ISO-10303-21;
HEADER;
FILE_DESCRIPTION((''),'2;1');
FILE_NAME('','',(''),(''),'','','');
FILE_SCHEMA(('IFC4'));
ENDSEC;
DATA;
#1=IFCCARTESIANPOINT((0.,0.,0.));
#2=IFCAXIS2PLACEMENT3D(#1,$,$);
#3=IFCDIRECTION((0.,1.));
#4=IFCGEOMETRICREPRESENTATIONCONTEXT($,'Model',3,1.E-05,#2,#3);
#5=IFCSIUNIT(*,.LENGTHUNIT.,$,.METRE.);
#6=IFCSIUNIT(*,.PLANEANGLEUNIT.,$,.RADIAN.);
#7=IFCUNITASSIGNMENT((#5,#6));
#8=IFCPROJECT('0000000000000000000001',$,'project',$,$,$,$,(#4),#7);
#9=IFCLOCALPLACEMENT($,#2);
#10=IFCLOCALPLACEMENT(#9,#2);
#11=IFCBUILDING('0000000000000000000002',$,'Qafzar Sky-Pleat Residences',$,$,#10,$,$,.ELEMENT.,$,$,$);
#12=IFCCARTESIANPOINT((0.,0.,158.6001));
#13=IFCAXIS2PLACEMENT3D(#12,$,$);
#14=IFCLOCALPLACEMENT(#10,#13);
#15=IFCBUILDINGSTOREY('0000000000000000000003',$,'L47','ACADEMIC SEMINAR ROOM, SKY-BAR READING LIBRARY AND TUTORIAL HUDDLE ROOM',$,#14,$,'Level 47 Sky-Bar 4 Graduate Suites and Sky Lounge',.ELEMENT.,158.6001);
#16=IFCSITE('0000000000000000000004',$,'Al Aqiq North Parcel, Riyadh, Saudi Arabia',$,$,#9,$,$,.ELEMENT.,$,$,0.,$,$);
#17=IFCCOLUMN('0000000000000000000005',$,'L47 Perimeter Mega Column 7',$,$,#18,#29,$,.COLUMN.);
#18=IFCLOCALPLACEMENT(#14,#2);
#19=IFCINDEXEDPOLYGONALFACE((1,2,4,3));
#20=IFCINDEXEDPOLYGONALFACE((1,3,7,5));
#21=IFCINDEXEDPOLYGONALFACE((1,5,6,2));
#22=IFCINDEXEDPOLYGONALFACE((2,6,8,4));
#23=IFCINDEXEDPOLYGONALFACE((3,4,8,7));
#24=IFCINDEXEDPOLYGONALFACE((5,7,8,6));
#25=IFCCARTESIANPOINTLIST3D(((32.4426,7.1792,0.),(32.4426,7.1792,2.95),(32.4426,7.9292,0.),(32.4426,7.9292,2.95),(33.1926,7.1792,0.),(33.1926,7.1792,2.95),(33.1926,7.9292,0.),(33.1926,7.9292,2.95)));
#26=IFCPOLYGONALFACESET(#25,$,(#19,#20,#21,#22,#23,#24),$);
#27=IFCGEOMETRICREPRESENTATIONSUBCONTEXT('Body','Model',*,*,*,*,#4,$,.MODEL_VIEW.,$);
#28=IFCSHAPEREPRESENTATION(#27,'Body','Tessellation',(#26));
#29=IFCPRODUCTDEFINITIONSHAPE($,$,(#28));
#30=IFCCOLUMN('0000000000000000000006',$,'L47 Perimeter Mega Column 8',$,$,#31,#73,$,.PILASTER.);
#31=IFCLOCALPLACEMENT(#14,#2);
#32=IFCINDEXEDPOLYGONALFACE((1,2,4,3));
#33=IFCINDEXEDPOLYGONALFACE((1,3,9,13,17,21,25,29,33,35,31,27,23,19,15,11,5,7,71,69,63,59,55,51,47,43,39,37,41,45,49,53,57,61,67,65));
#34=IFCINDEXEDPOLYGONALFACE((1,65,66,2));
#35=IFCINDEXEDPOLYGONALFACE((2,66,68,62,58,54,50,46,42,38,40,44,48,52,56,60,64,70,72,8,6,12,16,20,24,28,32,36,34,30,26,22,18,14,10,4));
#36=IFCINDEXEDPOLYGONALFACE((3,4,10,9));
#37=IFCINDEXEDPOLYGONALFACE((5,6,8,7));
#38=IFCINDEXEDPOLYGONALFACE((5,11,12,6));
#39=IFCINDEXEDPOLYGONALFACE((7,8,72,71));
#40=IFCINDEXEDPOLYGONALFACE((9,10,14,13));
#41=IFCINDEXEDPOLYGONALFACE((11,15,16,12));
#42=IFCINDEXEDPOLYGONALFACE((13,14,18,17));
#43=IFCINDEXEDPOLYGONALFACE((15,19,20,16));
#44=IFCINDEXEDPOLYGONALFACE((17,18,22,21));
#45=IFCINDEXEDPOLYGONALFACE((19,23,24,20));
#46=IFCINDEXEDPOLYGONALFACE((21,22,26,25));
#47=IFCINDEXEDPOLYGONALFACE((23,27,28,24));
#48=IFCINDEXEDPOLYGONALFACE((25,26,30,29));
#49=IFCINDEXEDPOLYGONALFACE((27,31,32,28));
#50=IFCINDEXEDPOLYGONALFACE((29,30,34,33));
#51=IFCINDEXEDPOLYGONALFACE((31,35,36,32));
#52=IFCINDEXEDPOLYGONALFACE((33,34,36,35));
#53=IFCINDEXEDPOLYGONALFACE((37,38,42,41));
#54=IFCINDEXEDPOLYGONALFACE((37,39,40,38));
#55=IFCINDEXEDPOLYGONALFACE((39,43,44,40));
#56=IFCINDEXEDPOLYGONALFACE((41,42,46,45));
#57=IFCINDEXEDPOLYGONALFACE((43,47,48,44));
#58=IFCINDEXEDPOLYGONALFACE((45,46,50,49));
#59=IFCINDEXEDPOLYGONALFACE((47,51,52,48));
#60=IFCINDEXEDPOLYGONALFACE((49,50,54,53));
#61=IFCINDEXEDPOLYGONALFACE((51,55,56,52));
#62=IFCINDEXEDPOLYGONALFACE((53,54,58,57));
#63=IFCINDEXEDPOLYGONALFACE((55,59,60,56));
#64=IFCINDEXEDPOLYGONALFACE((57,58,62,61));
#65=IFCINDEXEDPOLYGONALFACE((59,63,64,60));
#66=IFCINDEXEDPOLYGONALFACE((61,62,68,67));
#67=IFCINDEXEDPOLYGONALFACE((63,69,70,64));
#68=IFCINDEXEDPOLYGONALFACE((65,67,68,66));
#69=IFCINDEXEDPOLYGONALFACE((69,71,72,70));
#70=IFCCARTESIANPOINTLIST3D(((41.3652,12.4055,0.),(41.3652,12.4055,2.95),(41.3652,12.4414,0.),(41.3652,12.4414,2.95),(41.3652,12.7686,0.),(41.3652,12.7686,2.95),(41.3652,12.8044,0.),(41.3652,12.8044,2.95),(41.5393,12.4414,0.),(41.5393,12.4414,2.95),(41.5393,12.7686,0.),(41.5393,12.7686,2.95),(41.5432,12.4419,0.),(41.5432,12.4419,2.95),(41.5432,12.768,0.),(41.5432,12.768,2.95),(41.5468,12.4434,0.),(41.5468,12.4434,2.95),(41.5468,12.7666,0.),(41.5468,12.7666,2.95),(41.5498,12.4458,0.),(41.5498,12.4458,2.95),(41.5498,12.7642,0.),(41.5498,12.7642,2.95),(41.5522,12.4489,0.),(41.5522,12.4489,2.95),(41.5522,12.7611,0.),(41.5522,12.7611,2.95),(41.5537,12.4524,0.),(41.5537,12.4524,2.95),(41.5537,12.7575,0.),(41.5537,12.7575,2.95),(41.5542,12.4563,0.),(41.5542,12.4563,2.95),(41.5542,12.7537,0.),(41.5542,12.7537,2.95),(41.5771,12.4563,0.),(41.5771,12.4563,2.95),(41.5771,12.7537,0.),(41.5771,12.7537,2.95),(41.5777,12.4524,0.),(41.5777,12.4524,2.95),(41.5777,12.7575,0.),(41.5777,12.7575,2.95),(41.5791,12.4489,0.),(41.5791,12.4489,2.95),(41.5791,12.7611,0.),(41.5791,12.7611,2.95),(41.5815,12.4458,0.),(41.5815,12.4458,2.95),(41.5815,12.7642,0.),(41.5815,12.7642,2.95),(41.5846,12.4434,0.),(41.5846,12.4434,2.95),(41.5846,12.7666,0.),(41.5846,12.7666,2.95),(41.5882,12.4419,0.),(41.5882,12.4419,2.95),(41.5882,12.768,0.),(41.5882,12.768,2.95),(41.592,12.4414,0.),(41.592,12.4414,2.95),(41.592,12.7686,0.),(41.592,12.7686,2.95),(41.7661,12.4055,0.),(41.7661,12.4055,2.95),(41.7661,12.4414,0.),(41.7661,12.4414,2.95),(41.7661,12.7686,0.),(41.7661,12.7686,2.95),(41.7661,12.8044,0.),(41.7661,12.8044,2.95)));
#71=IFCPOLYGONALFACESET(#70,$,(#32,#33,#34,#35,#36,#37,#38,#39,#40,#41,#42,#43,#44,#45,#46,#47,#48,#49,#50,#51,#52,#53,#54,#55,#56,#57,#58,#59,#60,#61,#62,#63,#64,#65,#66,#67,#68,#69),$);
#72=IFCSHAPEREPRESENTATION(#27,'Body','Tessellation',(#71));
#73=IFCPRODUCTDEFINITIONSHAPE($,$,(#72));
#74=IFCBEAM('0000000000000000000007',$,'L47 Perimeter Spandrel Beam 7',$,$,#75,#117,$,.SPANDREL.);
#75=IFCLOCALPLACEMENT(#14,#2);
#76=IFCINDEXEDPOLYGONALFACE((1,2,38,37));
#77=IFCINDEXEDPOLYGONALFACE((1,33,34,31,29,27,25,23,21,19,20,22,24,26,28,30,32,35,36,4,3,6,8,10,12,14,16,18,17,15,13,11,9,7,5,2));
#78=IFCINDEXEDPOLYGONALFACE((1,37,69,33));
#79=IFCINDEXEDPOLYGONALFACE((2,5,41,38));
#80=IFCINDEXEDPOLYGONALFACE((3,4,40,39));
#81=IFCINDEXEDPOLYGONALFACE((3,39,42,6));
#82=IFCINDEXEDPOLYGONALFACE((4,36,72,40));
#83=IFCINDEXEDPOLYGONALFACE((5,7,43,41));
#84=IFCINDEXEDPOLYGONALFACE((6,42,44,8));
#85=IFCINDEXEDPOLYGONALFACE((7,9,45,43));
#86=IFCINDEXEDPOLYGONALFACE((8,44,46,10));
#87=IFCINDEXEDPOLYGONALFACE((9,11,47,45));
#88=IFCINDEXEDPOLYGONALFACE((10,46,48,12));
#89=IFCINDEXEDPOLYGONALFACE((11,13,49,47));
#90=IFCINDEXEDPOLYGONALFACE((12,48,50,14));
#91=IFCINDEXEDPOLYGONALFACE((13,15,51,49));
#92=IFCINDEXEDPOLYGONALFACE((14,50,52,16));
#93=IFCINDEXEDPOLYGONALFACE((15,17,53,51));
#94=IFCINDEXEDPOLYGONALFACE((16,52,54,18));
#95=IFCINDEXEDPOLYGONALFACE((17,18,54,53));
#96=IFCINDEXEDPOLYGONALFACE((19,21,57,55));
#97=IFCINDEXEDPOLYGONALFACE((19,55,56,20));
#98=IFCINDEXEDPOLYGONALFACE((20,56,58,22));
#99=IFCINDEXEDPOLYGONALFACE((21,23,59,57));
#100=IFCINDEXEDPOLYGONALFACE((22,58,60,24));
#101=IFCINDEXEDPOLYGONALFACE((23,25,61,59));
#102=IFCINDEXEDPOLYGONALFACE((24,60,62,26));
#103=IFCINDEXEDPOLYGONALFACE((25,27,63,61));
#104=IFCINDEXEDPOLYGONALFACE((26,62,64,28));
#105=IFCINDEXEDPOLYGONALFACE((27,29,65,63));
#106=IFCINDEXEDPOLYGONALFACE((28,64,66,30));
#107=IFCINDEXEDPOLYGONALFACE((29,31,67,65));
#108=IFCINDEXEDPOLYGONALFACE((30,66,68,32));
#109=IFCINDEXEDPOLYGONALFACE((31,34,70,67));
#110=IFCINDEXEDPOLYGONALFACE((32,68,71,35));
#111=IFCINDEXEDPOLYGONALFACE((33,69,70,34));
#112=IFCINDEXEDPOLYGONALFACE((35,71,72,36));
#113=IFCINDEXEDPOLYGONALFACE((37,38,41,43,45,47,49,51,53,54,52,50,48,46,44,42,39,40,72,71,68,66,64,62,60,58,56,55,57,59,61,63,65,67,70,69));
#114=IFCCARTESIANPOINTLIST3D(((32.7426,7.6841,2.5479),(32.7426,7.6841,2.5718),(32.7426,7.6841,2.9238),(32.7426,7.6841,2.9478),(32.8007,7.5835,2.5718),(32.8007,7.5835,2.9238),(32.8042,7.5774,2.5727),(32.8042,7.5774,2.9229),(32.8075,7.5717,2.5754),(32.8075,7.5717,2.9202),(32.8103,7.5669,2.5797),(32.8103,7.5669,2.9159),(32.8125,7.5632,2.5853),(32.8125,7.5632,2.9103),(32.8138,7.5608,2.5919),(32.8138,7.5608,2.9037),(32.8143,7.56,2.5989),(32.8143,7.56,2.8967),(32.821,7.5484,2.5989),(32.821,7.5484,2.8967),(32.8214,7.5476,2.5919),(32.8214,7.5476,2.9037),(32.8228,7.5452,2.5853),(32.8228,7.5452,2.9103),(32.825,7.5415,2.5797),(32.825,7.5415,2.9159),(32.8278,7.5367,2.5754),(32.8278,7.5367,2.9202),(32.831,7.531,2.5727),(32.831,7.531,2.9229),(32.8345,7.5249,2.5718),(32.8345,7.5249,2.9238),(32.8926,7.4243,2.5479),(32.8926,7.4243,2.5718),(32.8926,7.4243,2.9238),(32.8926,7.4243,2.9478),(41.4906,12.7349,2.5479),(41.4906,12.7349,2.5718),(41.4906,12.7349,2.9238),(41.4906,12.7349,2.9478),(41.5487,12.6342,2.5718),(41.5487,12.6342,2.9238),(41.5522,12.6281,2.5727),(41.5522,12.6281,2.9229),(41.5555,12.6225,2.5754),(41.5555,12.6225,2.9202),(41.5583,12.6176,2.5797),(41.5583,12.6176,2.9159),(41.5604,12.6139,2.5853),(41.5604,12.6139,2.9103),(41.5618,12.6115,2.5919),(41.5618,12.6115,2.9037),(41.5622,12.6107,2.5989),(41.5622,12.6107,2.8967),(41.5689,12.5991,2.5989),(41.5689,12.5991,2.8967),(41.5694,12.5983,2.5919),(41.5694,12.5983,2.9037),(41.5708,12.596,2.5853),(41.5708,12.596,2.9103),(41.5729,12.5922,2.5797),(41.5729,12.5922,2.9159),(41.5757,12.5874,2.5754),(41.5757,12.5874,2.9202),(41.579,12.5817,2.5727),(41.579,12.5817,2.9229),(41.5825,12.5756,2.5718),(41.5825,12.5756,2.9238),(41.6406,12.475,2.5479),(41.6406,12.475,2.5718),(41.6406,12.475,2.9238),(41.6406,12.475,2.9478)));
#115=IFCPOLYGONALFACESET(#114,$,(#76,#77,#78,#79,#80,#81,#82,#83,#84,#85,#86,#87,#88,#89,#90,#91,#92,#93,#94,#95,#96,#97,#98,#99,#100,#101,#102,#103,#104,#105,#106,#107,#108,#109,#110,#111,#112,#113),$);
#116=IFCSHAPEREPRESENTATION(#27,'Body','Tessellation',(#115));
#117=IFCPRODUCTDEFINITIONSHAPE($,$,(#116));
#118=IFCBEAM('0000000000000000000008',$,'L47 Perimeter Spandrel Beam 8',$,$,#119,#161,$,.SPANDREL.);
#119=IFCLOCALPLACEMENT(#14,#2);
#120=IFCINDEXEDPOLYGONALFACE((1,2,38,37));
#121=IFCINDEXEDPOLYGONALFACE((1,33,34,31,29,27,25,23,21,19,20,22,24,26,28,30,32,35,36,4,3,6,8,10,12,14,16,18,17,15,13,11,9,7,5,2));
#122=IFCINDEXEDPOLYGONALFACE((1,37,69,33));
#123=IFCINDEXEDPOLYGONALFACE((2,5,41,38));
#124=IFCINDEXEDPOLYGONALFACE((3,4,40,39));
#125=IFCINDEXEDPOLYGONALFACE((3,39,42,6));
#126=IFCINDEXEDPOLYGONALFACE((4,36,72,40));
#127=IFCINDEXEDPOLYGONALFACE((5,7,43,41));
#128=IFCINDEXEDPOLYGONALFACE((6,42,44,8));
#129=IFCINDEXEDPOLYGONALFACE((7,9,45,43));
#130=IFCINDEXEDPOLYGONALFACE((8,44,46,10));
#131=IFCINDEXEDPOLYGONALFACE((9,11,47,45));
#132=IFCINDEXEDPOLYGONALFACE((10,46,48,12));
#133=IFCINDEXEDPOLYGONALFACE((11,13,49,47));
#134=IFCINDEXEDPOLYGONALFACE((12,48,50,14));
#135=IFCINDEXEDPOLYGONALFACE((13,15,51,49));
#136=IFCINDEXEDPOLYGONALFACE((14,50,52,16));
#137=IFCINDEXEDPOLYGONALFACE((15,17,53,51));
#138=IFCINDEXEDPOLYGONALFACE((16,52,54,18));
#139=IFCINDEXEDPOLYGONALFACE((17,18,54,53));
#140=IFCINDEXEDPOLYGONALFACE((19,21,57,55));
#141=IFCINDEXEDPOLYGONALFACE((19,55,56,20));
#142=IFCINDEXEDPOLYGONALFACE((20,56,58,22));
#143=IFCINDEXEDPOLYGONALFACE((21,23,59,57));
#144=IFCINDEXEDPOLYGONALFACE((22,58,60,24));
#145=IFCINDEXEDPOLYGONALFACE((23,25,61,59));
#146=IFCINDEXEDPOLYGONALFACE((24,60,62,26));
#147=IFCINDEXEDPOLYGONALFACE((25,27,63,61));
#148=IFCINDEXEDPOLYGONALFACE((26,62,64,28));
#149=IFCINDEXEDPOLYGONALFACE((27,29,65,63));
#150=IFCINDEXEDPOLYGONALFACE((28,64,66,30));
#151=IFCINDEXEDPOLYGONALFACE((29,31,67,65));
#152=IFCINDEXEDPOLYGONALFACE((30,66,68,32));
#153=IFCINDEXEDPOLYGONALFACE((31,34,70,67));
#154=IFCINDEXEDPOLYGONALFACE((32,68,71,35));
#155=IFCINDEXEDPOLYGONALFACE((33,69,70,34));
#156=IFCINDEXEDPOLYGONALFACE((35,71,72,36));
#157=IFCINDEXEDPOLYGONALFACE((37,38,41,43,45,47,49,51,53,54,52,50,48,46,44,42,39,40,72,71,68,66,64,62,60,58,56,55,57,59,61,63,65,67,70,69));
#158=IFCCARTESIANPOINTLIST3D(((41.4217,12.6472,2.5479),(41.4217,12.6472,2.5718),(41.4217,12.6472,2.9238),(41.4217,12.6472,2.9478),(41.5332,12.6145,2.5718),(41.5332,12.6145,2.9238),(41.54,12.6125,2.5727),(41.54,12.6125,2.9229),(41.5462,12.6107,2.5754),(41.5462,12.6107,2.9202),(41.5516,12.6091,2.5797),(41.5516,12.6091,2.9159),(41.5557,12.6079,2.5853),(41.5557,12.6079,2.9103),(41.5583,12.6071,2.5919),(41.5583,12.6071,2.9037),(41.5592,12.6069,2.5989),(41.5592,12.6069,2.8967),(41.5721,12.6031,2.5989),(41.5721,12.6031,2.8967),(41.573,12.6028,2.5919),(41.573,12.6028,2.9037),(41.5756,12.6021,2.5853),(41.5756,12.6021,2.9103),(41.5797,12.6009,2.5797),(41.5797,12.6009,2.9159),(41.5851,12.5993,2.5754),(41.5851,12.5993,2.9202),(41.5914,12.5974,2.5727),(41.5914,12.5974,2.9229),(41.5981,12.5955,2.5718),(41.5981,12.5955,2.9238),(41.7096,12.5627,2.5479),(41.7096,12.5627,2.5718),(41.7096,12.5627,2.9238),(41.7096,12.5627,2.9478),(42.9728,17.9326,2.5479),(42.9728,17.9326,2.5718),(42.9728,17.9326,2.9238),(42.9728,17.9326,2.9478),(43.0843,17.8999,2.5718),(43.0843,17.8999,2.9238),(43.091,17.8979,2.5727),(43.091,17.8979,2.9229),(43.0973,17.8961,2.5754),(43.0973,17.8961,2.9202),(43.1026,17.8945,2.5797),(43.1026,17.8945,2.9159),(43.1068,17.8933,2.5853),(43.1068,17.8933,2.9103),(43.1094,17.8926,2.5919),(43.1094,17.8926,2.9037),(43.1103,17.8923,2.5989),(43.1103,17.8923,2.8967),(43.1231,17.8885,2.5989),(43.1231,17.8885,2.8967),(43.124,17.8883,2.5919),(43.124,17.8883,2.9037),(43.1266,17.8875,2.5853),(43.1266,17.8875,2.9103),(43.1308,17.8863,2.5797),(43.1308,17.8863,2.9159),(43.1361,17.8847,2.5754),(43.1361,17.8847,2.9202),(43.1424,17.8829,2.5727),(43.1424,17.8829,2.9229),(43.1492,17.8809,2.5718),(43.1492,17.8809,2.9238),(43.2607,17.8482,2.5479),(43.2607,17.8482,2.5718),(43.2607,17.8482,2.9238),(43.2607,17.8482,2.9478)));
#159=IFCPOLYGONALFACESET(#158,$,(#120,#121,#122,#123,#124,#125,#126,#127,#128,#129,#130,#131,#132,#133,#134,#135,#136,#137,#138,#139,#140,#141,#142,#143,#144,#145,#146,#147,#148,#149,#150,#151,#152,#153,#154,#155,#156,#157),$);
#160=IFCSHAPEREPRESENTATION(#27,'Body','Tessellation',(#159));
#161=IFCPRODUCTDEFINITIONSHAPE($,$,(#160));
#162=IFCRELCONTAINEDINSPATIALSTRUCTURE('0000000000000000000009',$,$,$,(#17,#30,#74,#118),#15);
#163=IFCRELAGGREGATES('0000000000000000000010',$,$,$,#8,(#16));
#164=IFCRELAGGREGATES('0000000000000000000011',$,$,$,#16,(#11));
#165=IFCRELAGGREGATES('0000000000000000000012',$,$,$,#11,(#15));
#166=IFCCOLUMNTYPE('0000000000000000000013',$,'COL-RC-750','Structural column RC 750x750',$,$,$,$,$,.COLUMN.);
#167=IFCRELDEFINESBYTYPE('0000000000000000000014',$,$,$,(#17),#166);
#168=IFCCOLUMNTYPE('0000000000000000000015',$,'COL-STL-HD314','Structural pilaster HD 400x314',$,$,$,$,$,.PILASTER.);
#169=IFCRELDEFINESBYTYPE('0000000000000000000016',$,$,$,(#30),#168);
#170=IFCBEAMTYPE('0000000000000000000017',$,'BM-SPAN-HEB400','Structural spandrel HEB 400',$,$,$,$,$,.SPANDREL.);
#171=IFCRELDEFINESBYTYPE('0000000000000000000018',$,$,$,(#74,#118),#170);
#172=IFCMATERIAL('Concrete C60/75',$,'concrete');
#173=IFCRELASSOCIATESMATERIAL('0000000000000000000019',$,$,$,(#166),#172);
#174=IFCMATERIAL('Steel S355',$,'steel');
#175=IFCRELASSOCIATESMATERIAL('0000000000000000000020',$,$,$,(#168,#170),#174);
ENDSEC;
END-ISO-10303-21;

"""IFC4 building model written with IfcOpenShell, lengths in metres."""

from ifc_helpers import new_model, si_unit, direction, frame, origin, origin_2d, place, context, subcontext, project, spatial, rectangle, i_section, extrude, source, transform, mapped, material, material_profile, profile_set, type_object, element, save


model = new_model("IFC4")

# Units and contexts
model_context = context("Model", 3, precision=1e-05, world=origin(), true_north=direction((0.0, 1.0)))
body_context = subcontext(model_context, "Body", "Model", "MODEL_VIEW")
ifc_project = project(units=[si_unit("LENGTHUNIT", "METRE"), si_unit("PLANEANGLEUNIT", "RADIAN")], contexts=[model_context])

# Site, building, storey
site_placement = place(None, origin())
site = spatial("IfcSite", under=ifc_project, at=site_placement, Name="Al Aqiq North Parcel, Riyadh, Saudi Arabia", CompositionType="ELEMENT", RefElevation=0.0)
building_placement = place(site_placement, origin())
building = spatial("IfcBuilding", under=site, at=building_placement, Name="Qafzar Sky-Pleat Residences", CompositionType="ELEMENT")
storey_placement = place(building_placement, frame((0.0, 0.0, 158.6001)))
storey = spatial("IfcBuildingStorey", under=building, at=storey_placement, Name="L47", Description="ACADEMIC SEMINAR ROOM, SKY-BAR READING LIBRARY AND TUTORIAL HUDDLE ROOM", LongName="Level 47 Sky-Bar 4 Graduate Suites and Sky Lounge", CompositionType="ELEMENT", Elevation=158.6001)

# Columns
ifc_material_1 = material(Name="Concrete C60/75", Category="concrete")
ifc_material_profile_1 = material_profile(ifc_material_1, rectangle(XDim=0.75, YDim=0.75, at=origin_2d()), Name="RC 750x750")
ifc_profile_set_1 = profile_set([ifc_material_profile_1], Name="Concrete C60/75")
column_type_1 = type_object("IfcColumnType", Name="COL-RC-750", Description="Structural column RC 750x750", PredefinedType="COLUMN", material=ifc_profile_set_1)
shared_shape_1 = source(origin(), body_context, "Body", "SweptSolid", [
    extrude(rectangle(XDim=0.75, YDim=0.75, at=origin_2d()), origin(), (0.0, 0.0, 1.0), 2.95),
])
column_1_placement = place(storey_placement, frame((32.8176, 7.5542, 0.0), z_axis=(0.0, 0.0, 1.0), x_axis=(1.0, 0.0, 0.0)))
element("IfcColumn", 1, at=column_1_placement, inside=storey, type_object=column_type_1, Name="L47 Perimeter Mega Column 7", PredefinedType="COLUMN", context=body_context, shape_type="MappedRepresentation", body=[
    mapped(shared_shape_1, transform((0.0, 0.0, 0.0), x_axis=(1.0, 0.0, 0.0), y_axis=(0.0, 1.0, 0.0), z_axis=(0.0, 0.0, 1.0), scale=1.0)),
])
ifc_material_2 = material(Name="Steel S355", Category="steel")
ifc_material_profile_2 = material_profile(ifc_material_2, i_section(OverallWidth=0.4009, OverallDepth=0.3989, WebThickness=0.0229, FlangeThickness=0.0359, FilletRadius=0.0149, at=origin_2d()), Name="HD 400x314")
ifc_profile_set_2 = profile_set([ifc_material_profile_2], Name="Steel S355")
column_type_2 = type_object("IfcColumnType", Name="COL-STL-HD314", Description="Structural pilaster HD 400x314", PredefinedType="PILASTER", material=ifc_profile_set_2)
shared_shape_2 = source(origin(), body_context, "Body", "SweptSolid", [
    extrude(i_section(OverallWidth=0.4009, OverallDepth=0.3989, WebThickness=0.0229, FlangeThickness=0.0359, FilletRadius=0.0149, at=origin_2d()), origin(), (0.0, 0.0, 1.0), 2.95),
])
column_2_placement = place(storey_placement, frame((41.5657, 12.605, 0.0), z_axis=(0.0, 0.0, 1.0), x_axis=(1.0, 0.0, 0.0)))
element("IfcColumn", 2, at=column_2_placement, inside=storey, type_object=column_type_2, Name="L47 Perimeter Mega Column 8", PredefinedType="PILASTER", context=body_context, shape_type="MappedRepresentation", body=[
    mapped(shared_shape_2, transform((0.0, 0.0, 0.0), x_axis=(1.0, 0.0, 0.0), y_axis=(0.0, 1.0, 0.0), z_axis=(0.0, 0.0, 1.0), scale=1.0)),
])

# Beams
ifc_material_profile_3 = material_profile(ifc_material_2, i_section(OverallWidth=0.3, OverallDepth=0.3999, WebThickness=0.0134, FlangeThickness=0.0239, FilletRadius=0.0271, at=origin_2d()), Name="HEB 400")
ifc_profile_set_3 = profile_set([ifc_material_profile_3], Name="Steel S355")
beam_type_1 = type_object("IfcBeamType", Name="BM-SPAN-HEB400", Description="Structural spandrel HEB 400", PredefinedType="SPANDREL", material=ifc_profile_set_3)
shared_shape_3 = source(origin(), body_context, "Body", "SweptSolid", [
    extrude(i_section(OverallWidth=0.3, OverallDepth=0.3999, WebThickness=0.0134, FlangeThickness=0.0239, FilletRadius=0.0271, at=origin_2d()), origin(), (0.0, 0.0, 1.0), 10.1013),
])
beam_1_placement = place(storey_placement, frame((32.8176, 7.5542, 2.7478), z_axis=(0.866021, 0.500007, 0.0), x_axis=(-0.500007, 0.866021, 0.0)))
element("IfcBeam", 3, at=beam_1_placement, inside=storey, type_object=beam_type_1, Name="L47 Perimeter Spandrel Beam 7", PredefinedType="SPANDREL", context=body_context, shape_type="MappedRepresentation", body=[
    mapped(shared_shape_3, transform((0.0, 0.0, 0.0), x_axis=(1.0, 0.0, 0.0), y_axis=(0.0, 1.0, 0.0), z_axis=(0.0, 0.0, 1.0), scale=1.0)),
])
shared_shape_4 = source(origin(), body_context, "Body", "SweptSolid", [
    extrude(i_section(OverallWidth=0.3, OverallDepth=0.3999, WebThickness=0.0134, FlangeThickness=0.0239, FilletRadius=0.0271, at=origin_2d()), origin(), (0.0, 0.0, 1.0), 5.5083),
])
beam_2_placement = place(storey_placement, frame((41.5657, 12.605, 2.7478), z_axis=(0.281581, 0.959538, 0.0), x_axis=(-0.959538, 0.281581, 0.0)))
element("IfcBeam", 4, at=beam_2_placement, inside=storey, type_object=beam_type_1, Name="L47 Perimeter Spandrel Beam 8", PredefinedType="SPANDREL", context=body_context, shape_type="MappedRepresentation", body=[
    mapped(shared_shape_4, transform((0.0, 0.0, 0.0), x_axis=(1.0, 0.0, 0.0), y_axis=(0.0, 1.0, 0.0), z_axis=(0.0, 0.0, 1.0), scale=1.0)),
])

save(model, "model.ifc")
